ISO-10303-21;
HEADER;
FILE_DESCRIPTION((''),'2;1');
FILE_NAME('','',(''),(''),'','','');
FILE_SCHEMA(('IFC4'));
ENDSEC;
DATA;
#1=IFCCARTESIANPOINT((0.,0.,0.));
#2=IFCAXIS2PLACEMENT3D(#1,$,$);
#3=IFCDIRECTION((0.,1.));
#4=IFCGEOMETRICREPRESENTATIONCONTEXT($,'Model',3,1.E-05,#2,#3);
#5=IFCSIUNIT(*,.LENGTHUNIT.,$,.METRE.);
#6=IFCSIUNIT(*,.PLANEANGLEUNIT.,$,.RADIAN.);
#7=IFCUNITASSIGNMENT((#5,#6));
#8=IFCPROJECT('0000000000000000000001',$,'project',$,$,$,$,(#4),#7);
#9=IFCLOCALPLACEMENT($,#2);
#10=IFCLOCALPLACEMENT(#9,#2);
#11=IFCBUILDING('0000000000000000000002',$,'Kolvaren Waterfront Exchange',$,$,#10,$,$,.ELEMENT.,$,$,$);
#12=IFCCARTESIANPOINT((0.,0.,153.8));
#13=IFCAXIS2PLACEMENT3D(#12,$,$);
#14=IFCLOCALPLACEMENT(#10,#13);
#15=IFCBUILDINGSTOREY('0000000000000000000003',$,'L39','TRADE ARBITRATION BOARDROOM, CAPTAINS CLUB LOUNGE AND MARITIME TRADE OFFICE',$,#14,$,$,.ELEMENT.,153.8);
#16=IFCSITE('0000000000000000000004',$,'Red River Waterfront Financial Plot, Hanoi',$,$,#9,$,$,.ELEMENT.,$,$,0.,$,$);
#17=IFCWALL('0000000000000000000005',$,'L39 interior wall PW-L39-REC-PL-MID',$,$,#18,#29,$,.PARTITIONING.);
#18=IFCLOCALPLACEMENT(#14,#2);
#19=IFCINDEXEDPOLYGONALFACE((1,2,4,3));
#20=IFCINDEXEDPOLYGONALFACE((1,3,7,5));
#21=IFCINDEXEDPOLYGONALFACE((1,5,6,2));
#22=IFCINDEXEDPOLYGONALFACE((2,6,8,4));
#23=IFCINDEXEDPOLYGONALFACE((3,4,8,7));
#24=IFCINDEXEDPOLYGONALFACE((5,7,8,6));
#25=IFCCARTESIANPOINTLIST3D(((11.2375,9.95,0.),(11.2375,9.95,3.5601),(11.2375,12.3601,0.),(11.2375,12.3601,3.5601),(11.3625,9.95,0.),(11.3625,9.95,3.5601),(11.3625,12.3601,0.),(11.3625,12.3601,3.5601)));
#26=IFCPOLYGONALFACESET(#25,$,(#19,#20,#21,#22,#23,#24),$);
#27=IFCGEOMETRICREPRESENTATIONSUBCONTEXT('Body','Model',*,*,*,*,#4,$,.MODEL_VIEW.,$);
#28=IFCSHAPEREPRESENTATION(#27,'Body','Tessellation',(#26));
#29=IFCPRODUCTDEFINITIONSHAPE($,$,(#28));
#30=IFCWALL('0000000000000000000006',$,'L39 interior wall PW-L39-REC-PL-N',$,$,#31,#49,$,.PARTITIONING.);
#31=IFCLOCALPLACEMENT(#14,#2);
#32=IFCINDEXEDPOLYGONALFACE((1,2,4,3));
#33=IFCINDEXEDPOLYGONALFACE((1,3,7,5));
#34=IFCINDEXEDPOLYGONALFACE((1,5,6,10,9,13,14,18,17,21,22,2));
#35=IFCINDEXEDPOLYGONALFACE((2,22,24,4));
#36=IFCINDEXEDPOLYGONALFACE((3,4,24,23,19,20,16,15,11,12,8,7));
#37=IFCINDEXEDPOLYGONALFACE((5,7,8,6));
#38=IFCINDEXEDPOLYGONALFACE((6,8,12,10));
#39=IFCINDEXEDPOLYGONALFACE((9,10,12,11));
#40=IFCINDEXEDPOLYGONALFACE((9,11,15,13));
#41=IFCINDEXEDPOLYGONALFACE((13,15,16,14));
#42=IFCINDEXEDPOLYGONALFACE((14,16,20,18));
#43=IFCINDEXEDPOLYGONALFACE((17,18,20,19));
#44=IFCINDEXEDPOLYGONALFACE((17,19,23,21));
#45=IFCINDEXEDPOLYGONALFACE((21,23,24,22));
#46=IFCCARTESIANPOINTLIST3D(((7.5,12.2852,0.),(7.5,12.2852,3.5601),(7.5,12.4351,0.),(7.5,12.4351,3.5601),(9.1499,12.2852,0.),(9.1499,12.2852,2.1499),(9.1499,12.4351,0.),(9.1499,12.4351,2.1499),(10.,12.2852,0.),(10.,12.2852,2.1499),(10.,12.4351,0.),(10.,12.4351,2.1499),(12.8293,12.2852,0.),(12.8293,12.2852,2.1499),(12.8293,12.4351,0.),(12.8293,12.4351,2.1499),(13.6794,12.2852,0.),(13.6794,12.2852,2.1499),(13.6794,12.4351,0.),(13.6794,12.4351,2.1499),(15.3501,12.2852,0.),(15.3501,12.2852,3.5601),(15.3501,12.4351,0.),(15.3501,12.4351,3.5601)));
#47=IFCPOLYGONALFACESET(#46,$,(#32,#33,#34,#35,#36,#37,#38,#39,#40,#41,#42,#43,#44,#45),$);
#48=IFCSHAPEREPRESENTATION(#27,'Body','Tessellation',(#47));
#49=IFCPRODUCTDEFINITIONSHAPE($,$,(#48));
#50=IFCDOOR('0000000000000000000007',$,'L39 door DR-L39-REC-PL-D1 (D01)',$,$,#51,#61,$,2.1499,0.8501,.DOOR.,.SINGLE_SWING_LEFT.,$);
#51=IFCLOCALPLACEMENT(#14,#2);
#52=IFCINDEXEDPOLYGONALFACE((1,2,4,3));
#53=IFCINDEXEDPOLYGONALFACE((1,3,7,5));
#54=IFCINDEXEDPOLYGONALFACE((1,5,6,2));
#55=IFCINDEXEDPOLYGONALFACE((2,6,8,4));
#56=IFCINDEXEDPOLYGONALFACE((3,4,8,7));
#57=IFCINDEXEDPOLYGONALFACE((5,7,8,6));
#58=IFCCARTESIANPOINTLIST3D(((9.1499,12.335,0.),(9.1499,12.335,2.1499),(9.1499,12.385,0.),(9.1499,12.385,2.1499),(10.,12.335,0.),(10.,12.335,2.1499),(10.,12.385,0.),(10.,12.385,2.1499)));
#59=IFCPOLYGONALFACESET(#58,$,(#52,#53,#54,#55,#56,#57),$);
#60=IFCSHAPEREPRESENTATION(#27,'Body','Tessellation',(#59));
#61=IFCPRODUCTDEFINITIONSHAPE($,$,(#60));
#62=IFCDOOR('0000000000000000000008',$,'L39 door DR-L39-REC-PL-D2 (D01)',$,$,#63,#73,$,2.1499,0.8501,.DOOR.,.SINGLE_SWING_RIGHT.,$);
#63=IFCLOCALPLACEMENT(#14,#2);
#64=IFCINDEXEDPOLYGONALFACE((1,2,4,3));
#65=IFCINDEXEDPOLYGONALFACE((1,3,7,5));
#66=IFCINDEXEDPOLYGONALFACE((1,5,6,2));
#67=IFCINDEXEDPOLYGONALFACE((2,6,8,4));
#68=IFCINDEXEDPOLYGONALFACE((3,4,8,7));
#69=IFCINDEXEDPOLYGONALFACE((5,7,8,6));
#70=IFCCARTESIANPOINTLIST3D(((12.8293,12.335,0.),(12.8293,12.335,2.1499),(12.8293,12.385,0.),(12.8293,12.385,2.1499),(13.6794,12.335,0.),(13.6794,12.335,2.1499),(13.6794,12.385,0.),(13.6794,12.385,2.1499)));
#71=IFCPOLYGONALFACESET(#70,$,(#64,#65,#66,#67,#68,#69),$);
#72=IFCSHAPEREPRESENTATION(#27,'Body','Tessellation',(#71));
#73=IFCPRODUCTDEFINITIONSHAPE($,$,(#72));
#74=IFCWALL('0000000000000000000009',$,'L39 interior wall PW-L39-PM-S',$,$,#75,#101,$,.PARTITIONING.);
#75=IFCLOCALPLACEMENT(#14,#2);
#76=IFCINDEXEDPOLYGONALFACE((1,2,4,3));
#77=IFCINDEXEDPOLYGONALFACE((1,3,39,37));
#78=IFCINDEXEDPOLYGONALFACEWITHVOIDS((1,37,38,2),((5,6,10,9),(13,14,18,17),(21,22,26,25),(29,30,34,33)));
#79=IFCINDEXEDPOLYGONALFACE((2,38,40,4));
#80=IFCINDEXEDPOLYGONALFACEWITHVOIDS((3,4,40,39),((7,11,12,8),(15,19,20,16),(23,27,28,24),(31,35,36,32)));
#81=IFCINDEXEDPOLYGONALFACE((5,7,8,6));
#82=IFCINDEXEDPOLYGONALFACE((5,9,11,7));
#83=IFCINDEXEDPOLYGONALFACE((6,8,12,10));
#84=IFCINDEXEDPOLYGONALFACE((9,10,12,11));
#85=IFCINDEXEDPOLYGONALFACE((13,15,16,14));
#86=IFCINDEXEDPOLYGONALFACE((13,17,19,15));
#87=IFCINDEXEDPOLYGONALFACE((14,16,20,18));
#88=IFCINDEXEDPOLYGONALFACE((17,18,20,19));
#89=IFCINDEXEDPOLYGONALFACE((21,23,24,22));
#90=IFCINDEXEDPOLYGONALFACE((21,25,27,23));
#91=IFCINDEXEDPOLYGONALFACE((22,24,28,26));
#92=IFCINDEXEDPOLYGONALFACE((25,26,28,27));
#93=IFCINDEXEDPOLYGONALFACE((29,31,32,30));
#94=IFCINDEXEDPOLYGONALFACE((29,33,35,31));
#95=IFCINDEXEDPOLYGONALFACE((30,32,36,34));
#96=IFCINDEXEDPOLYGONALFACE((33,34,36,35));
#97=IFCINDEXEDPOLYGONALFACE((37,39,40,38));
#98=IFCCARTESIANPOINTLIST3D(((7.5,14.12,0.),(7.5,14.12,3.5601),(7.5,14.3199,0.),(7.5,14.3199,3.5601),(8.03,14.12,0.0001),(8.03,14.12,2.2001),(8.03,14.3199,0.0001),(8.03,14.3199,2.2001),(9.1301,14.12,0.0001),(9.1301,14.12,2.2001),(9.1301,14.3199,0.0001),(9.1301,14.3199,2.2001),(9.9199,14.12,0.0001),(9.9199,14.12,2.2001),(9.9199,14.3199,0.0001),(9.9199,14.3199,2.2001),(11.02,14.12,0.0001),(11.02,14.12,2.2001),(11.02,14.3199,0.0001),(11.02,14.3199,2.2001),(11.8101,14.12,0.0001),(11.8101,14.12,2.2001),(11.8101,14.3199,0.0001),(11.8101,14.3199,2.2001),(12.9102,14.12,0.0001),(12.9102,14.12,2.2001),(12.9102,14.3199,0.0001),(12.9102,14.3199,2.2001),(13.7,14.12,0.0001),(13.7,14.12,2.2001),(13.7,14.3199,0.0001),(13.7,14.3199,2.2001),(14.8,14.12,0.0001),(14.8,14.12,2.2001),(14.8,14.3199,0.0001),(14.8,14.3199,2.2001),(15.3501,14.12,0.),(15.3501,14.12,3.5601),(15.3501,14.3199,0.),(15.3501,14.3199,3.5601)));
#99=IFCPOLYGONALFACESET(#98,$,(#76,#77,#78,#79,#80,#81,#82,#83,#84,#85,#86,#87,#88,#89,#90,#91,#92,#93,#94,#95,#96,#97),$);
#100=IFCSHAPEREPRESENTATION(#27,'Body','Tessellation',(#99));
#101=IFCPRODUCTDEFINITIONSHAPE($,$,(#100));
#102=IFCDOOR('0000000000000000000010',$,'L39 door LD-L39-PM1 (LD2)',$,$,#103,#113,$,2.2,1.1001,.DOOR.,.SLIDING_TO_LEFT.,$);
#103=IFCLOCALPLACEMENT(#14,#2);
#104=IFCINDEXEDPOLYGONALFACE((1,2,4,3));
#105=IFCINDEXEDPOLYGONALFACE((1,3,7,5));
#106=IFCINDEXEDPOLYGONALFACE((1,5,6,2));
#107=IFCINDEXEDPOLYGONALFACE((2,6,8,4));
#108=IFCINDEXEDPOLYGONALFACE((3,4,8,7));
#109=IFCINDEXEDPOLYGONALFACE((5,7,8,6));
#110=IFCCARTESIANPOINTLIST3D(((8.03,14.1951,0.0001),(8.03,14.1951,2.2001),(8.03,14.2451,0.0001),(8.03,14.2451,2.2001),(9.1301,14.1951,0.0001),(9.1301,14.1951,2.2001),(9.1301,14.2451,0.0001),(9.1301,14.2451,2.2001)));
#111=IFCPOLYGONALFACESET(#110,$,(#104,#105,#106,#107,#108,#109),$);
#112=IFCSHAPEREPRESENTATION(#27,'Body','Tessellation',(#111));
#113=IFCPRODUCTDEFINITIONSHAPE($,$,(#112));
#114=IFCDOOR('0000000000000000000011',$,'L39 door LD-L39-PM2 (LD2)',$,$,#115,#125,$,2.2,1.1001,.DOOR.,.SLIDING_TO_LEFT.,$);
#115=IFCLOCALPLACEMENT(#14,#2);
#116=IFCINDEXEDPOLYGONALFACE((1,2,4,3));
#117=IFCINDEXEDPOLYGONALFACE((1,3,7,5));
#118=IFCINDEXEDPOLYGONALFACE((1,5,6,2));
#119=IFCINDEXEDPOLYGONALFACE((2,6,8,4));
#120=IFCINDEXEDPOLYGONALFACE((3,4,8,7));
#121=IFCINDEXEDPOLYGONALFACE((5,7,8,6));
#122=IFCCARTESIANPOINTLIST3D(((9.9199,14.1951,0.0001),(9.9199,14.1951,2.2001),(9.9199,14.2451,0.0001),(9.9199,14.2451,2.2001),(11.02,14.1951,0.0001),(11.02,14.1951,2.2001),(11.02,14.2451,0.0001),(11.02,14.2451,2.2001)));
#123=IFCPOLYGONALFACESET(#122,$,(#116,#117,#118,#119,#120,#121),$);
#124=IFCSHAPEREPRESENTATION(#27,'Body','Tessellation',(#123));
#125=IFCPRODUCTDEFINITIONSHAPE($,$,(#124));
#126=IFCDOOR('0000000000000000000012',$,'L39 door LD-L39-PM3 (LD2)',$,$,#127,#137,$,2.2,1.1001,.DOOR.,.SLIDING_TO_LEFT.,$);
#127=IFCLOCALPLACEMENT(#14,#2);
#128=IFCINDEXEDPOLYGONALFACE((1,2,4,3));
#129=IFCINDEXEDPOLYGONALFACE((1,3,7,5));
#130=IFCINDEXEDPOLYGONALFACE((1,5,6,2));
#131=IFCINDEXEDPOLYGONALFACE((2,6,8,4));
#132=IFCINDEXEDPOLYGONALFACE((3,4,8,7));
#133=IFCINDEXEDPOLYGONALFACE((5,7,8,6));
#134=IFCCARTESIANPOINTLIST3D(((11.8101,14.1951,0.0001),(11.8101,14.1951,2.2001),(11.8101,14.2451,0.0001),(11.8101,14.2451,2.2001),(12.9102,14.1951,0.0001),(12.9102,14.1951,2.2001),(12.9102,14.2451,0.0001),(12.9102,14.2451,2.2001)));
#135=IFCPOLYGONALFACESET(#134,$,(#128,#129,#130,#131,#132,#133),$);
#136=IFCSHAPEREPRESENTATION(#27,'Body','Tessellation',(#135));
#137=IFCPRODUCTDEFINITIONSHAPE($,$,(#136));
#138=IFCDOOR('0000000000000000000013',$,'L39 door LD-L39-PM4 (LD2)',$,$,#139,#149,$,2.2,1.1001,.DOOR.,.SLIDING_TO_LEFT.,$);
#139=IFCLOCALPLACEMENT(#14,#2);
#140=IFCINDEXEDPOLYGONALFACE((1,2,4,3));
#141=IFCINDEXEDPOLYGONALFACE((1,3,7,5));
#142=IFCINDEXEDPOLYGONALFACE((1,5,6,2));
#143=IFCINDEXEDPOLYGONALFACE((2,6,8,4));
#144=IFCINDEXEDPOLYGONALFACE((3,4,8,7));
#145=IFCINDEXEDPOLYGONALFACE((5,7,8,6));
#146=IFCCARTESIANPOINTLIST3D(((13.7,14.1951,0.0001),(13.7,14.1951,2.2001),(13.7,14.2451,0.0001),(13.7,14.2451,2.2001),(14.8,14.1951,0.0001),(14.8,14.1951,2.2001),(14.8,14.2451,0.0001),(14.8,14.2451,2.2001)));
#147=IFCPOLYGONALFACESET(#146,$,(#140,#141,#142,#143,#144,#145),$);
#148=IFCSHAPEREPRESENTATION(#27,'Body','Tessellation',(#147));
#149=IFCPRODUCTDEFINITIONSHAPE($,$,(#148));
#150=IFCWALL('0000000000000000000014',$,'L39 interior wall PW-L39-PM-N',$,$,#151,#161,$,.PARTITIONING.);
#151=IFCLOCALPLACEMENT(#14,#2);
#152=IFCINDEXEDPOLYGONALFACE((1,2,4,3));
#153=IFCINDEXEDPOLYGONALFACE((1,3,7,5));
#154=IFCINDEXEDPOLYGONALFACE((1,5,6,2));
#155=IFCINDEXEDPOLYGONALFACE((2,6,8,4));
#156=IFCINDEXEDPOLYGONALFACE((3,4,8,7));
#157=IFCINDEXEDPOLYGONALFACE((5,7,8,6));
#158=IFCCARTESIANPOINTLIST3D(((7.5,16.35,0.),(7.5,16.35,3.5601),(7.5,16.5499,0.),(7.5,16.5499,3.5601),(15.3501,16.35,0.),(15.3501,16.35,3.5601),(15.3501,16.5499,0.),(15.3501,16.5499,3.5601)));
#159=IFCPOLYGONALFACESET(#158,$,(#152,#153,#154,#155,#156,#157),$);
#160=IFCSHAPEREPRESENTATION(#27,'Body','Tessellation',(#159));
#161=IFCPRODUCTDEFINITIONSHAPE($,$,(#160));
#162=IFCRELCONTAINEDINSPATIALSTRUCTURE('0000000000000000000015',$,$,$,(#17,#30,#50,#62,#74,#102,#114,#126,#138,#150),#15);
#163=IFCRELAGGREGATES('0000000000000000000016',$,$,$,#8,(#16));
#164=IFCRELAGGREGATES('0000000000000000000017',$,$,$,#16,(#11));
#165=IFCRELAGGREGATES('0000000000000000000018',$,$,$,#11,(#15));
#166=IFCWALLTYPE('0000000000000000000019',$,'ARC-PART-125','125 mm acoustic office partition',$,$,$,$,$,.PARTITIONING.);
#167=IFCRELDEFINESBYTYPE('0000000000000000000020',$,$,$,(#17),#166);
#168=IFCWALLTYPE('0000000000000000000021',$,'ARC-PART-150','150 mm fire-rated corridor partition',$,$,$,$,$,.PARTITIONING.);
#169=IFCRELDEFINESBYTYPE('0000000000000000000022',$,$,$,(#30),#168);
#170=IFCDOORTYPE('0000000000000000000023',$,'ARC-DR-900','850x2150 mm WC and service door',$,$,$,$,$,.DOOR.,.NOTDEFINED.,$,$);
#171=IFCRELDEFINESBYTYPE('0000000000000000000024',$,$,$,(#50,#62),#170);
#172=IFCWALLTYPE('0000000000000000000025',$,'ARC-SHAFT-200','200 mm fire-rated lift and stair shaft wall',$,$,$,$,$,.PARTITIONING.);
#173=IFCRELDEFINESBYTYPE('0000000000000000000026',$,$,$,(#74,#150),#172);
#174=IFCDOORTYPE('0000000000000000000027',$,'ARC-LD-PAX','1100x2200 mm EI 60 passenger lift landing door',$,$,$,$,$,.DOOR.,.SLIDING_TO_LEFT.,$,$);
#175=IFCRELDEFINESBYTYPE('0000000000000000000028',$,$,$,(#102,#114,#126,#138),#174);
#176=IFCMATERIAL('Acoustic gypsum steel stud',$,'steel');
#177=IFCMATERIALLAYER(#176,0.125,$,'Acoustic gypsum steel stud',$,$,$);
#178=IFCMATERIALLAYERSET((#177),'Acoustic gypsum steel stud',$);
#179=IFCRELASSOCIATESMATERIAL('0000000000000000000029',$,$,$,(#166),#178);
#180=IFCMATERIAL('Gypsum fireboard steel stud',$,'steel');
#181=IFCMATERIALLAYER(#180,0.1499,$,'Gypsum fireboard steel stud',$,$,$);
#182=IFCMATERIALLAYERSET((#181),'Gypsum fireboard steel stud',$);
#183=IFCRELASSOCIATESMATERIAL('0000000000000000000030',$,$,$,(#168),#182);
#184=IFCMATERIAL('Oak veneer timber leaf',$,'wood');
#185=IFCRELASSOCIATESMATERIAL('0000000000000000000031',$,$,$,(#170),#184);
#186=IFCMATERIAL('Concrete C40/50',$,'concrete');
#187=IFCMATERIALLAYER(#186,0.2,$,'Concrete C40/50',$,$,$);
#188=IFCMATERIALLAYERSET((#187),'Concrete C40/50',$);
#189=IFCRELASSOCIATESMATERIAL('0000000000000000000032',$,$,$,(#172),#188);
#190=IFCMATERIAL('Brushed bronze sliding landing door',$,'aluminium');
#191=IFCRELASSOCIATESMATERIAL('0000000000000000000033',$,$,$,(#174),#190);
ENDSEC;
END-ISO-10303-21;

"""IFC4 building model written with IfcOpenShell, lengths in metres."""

from ifc_helpers import new_model, si_unit, direction, frame, frame_2d, origin, place, context, subcontext, project, spatial, rectangle, extrude, material, layer, layer_set, type_object, element, fill, save


model = new_model("IFC4")

# Units and contexts
model_context = context("Model", 3, precision=1e-05, world=origin(), true_north=direction((0.0, 1.0)))
body_context = subcontext(model_context, "Body", "Model", "MODEL_VIEW")
ifc_project = project(units=[si_unit("LENGTHUNIT", "METRE"), si_unit("PLANEANGLEUNIT", "RADIAN")], contexts=[model_context])

# Site, building, storey
site_placement = place(None, origin())
site = spatial("IfcSite", under=ifc_project, at=site_placement, Name="Red River Waterfront Financial Plot, Hanoi", CompositionType="ELEMENT", RefElevation=0.0)
building_placement = place(site_placement, origin())
building = spatial("IfcBuilding", under=site, at=building_placement, Name="Kolvaren Waterfront Exchange", CompositionType="ELEMENT")
storey_placement = place(building_placement, frame((0.0, 0.0, 153.8)))
storey = spatial("IfcBuildingStorey", under=building, at=storey_placement, Name="L39", Description="TRADE ARBITRATION BOARDROOM, CAPTAINS CLUB LOUNGE AND MARITIME TRADE OFFICE", CompositionType="ELEMENT", Elevation=153.8)

# Wall
ifc_material_1 = material(Name="Acoustic gypsum steel stud", Category="steel")
ifc_layer_1 = layer(ifc_material_1, 0.125, Name="Acoustic gypsum steel stud")
ifc_layer_set_1 = layer_set([ifc_layer_1], Name="Acoustic gypsum steel stud")
wall_type_1 = type_object("IfcWallType", Name="ARC-PART-125", Description="125 mm acoustic office partition", PredefinedType="PARTITIONING", material=ifc_layer_set_1)
wall_1_placement = place(storey_placement, frame((11.3, 9.95, 0.0), z_axis=(0.0, 0.0, 1.0), x_axis=(0.0, 1.0, 0.0)))
element("IfcWall", 1, at=wall_1_placement, inside=storey, type_object=wall_type_1, Name="L39 interior wall PW-L39-REC-PL-MID", PredefinedType="PARTITIONING", context=body_context, shape_type="SweptSolid", body=[
    extrude(rectangle(XDim=2.4102, YDim=0.125, at=frame_2d((1.2051, 0.0))), origin(), (0.0, 0.0, 1.0), 3.5601),
])

# Walls, openings, doors
ifc_material_2 = material(Name="Gypsum fireboard steel stud", Category="steel")
ifc_layer_2 = layer(ifc_material_2, 0.1499, Name="Gypsum fireboard steel stud")
ifc_layer_set_2 = layer_set([ifc_layer_2], Name="Gypsum fireboard steel stud")
wall_type_2 = type_object("IfcWallType", Name="ARC-PART-150", Description="150 mm fire-rated corridor partition", PredefinedType="PARTITIONING", material=ifc_layer_set_2)
wall_2_placement = place(storey_placement, frame((7.5, 12.3601, 0.0), z_axis=(0.0, 0.0, 1.0), x_axis=(1.0, 0.0, 0.0)))
wall_2 = element("IfcWall", 2, at=wall_2_placement, inside=storey, type_object=wall_type_2, Name="L39 interior wall PW-L39-REC-PL-N", PredefinedType="PARTITIONING", context=body_context, shape_type="SweptSolid", body=[
    extrude(rectangle(XDim=7.8501, YDim=0.1499, at=frame_2d((3.925, 0.0))), origin(), (0.0, 0.0, 1.0), 3.5601),
])
opening_1_placement = place(wall_2_placement, frame((1.6499, 0.0, 0.0)))
opening_1 = element("IfcOpeningElement", 3, at=opening_1_placement, cuts=wall_2, PredefinedType="OPENING", context=body_context, shape_type="SweptSolid", body=[
    extrude(rectangle(XDim=0.8501, YDim=2.1499, at=frame_2d((0.425, 1.075))), frame((0.0, 0.085, 0.0), z_axis=(0.0, -1.0, 0.0), x_axis=(1.0, 0.0, 0.0)), (0.0, 0.0, 1.0), 0.1699),
])
opening_2_placement = place(wall_2_placement, frame((5.3293, 0.0, 0.0)))
opening_2 = element("IfcOpeningElement", 4, at=opening_2_placement, cuts=wall_2, PredefinedType="OPENING", context=body_context, shape_type="SweptSolid", body=[
    extrude(rectangle(XDim=0.8501, YDim=2.1499, at=frame_2d((0.425, 1.075))), frame((0.0, 0.085, 0.0), z_axis=(0.0, -1.0, 0.0), x_axis=(1.0, 0.0, 0.0)), (0.0, 0.0, 1.0), 0.1699),
])
ifc_material_3 = material(Name="Oak veneer timber leaf", Category="wood")
door_type_1 = type_object("IfcDoorType", Name="ARC-DR-900", Description="850x2150 mm WC and service door", OperationType="NOTDEFINED", PredefinedType="DOOR", material=ifc_material_3)
door_1_placement = place(opening_1_placement, origin())
door_1 = element("IfcDoor", 5, at=door_1_placement, inside=storey, type_object=door_type_1, Name="L39 door DR-L39-REC-PL-D1 (D01)", OperationType="SINGLE_SWING_LEFT", OverallHeight=2.1499, OverallWidth=0.8501, PredefinedType="DOOR", context=body_context, shape_type="SweptSolid", body=[
    extrude(rectangle(XDim=0.8501, YDim=2.1499, at=frame_2d((0.425, 1.075))), frame((0.0, 0.0249, 0.0), z_axis=(0.0, -1.0, 0.0), x_axis=(1.0, 0.0, 0.0)), (0.0, 0.0, 1.0), 0.05),
])
fill(opening_1, door_1)
door_2_placement = place(opening_2_placement, origin())
door_2 = element("IfcDoor", 6, at=door_2_placement, inside=storey, type_object=door_type_1, Name="L39 door DR-L39-REC-PL-D2 (D01)", OperationType="SINGLE_SWING_RIGHT", OverallHeight=2.1499, OverallWidth=0.8501, PredefinedType="DOOR", context=body_context, shape_type="SweptSolid", body=[
    extrude(rectangle(XDim=0.8501, YDim=2.1499, at=frame_2d((0.425, 1.075))), frame((0.0, 0.0249, 0.0), z_axis=(0.0, -1.0, 0.0), x_axis=(1.0, 0.0, 0.0)), (0.0, 0.0, 1.0), 0.05),
])
fill(opening_2, door_2)
ifc_material_4 = material(Name="Concrete C40/50", Category="concrete")
ifc_layer_3 = layer(ifc_material_4, 0.2, Name="Concrete C40/50")
ifc_layer_set_3 = layer_set([ifc_layer_3], Name="Concrete C40/50")
wall_type_3 = type_object("IfcWallType", Name="ARC-SHAFT-200", Description="200 mm fire-rated lift and stair shaft wall", PredefinedType="PARTITIONING", material=ifc_layer_set_3)
wall_3_placement = place(storey_placement, frame((7.5, 14.22, 0.0), z_axis=(0.0, 0.0, 1.0), x_axis=(1.0, 0.0, 0.0)))
wall_3 = element("IfcWall", 7, at=wall_3_placement, inside=storey, type_object=wall_type_3, Name="L39 interior wall PW-L39-PM-S", PredefinedType="PARTITIONING", context=body_context, shape_type="SweptSolid", body=[
    extrude(rectangle(XDim=7.8501, YDim=0.2, at=frame_2d((3.925, 0.0))), origin(), (0.0, 0.0, 1.0), 3.5601),
])
opening_3_placement = place(wall_3_placement, frame((0.53, 0.0, 0.0)))
opening_3 = element("IfcOpeningElement", 8, at=opening_3_placement, cuts=wall_3, PredefinedType="OPENING", context=body_context, shape_type="SweptSolid", body=[
    extrude(rectangle(XDim=1.1001, YDim=2.2, at=frame_2d((0.55, 1.1001))), frame((0.0, 0.1099, 0.0), z_axis=(0.0, -1.0, 0.0), x_axis=(1.0, 0.0, 0.0)), (0.0, 0.0, 1.0), 0.22),
])
opening_4_placement = place(wall_3_placement, frame((2.4199, 0.0, 0.0)))
opening_4 = element("IfcOpeningElement", 9, at=opening_4_placement, cuts=wall_3, PredefinedType="OPENING", context=body_context, shape_type="SweptSolid", body=[
    extrude(rectangle(XDim=1.1001, YDim=2.2, at=frame_2d((0.55, 1.1001))), frame((0.0, 0.1099, 0.0), z_axis=(0.0, -1.0, 0.0), x_axis=(1.0, 0.0, 0.0)), (0.0, 0.0, 1.0), 0.22),
])
opening_5_placement = place(wall_3_placement, frame((4.3101, 0.0, 0.0)))
opening_5 = element("IfcOpeningElement", 10, at=opening_5_placement, cuts=wall_3, PredefinedType="OPENING", context=body_context, shape_type="SweptSolid", body=[
    extrude(rectangle(XDim=1.1001, YDim=2.2, at=frame_2d((0.55, 1.1001))), frame((0.0, 0.1099, 0.0), z_axis=(0.0, -1.0, 0.0), x_axis=(1.0, 0.0, 0.0)), (0.0, 0.0, 1.0), 0.22),
])
opening_6_placement = place(wall_3_placement, frame((6.2, 0.0, 0.0)))
opening_6 = element("IfcOpeningElement", 11, at=opening_6_placement, cuts=wall_3, PredefinedType="OPENING", context=body_context, shape_type="SweptSolid", body=[
    extrude(rectangle(XDim=1.1001, YDim=2.2, at=frame_2d((0.55, 1.1001))), frame((0.0, 0.1099, 0.0), z_axis=(0.0, -1.0, 0.0), x_axis=(1.0, 0.0, 0.0)), (0.0, 0.0, 1.0), 0.22),
])
ifc_material_5 = material(Name="Brushed bronze sliding landing door", Category="aluminium")
door_type_2 = type_object("IfcDoorType", Name="ARC-LD-PAX", Description="1100x2200 mm EI 60 passenger lift landing door", OperationType="SLIDING_TO_LEFT", PredefinedType="DOOR", material=ifc_material_5)
door_3_placement = place(opening_3_placement, frame((1.1001, 0.0, 0.0), z_axis=(0.0, 0.0, 1.0), x_axis=(-1.0, 0.0, 0.0)))
door_3 = element("IfcDoor", 12, at=door_3_placement, inside=storey, type_object=door_type_2, Name="L39 door LD-L39-PM1 (LD2)", OperationType="SLIDING_TO_LEFT", OverallHeight=2.2, OverallWidth=1.1001, PredefinedType="DOOR", context=body_context, shape_type="SweptSolid", body=[
    extrude(rectangle(XDim=1.1001, YDim=2.2, at=frame_2d((0.55, 1.1001))), frame((0.0, 0.0249, 0.0), z_axis=(0.0, -1.0, 0.0), x_axis=(1.0, 0.0, 0.0)), (0.0, 0.0, 1.0), 0.05),
])
fill(opening_3, door_3)
door_4_placement = place(opening_4_placement, frame((1.1001, 0.0, 0.0), z_axis=(0.0, 0.0, 1.0), x_axis=(-1.0, 0.0, 0.0)))
door_4 = element("IfcDoor", 13, at=door_4_placement, inside=storey, type_object=door_type_2, Name="L39 door LD-L39-PM2 (LD2)", OperationType="SLIDING_TO_LEFT", OverallHeight=2.2, OverallWidth=1.1001, PredefinedType="DOOR", context=body_context, shape_type="SweptSolid", body=[
    extrude(rectangle(XDim=1.1001, YDim=2.2, at=frame_2d((0.55, 1.1001))), frame((0.0, 0.0249, 0.0), z_axis=(0.0, -1.0, 0.0), x_axis=(1.0, 0.0, 0.0)), (0.0, 0.0, 1.0), 0.05),
])
fill(opening_4, door_4)
door_5_placement = place(opening_5_placement, frame((1.1001, 0.0, 0.0), z_axis=(0.0, 0.0, 1.0), x_axis=(-1.0, 0.0, 0.0)))
door_5 = element("IfcDoor", 14, at=door_5_placement, inside=storey, type_object=door_type_2, Name="L39 door LD-L39-PM3 (LD2)", OperationType="SLIDING_TO_LEFT", OverallHeight=2.2, OverallWidth=1.1001, PredefinedType="DOOR", context=body_context, shape_type="SweptSolid", body=[
    extrude(rectangle(XDim=1.1001, YDim=2.2, at=frame_2d((0.55, 1.1001))), frame((0.0, 0.0249, 0.0), z_axis=(0.0, -1.0, 0.0), x_axis=(1.0, 0.0, 0.0)), (0.0, 0.0, 1.0), 0.05),
])
fill(opening_5, door_5)
door_6_placement = place(opening_6_placement, frame((1.1001, 0.0, 0.0), z_axis=(0.0, 0.0, 1.0), x_axis=(-1.0, 0.0, 0.0)))
door_6 = element("IfcDoor", 15, at=door_6_placement, inside=storey, type_object=door_type_2, Name="L39 door LD-L39-PM4 (LD2)", OperationType="SLIDING_TO_LEFT", OverallHeight=2.2, OverallWidth=1.1001, PredefinedType="DOOR", context=body_context, shape_type="SweptSolid", body=[
    extrude(rectangle(XDim=1.1001, YDim=2.2, at=frame_2d((0.55, 1.1001))), frame((0.0, 0.0249, 0.0), z_axis=(0.0, -1.0, 0.0), x_axis=(1.0, 0.0, 0.0)), (0.0, 0.0, 1.0), 0.05),
])
fill(opening_6, door_6)

# Wall
wall_4_placement = place(storey_placement, frame((7.5, 16.45, 0.0), z_axis=(0.0, 0.0, 1.0), x_axis=(1.0, 0.0, 0.0)))
element("IfcWall", 16, at=wall_4_placement, inside=storey, type_object=wall_type_3, Name="L39 interior wall PW-L39-PM-N", PredefinedType="PARTITIONING", context=body_context, shape_type="SweptSolid", body=[
    extrude(rectangle(XDim=7.8501, YDim=0.2, at=frame_2d((3.925, 0.0))), origin(), (0.0, 0.0, 1.0), 3.5601),
])

save(model, "model.ifc")
